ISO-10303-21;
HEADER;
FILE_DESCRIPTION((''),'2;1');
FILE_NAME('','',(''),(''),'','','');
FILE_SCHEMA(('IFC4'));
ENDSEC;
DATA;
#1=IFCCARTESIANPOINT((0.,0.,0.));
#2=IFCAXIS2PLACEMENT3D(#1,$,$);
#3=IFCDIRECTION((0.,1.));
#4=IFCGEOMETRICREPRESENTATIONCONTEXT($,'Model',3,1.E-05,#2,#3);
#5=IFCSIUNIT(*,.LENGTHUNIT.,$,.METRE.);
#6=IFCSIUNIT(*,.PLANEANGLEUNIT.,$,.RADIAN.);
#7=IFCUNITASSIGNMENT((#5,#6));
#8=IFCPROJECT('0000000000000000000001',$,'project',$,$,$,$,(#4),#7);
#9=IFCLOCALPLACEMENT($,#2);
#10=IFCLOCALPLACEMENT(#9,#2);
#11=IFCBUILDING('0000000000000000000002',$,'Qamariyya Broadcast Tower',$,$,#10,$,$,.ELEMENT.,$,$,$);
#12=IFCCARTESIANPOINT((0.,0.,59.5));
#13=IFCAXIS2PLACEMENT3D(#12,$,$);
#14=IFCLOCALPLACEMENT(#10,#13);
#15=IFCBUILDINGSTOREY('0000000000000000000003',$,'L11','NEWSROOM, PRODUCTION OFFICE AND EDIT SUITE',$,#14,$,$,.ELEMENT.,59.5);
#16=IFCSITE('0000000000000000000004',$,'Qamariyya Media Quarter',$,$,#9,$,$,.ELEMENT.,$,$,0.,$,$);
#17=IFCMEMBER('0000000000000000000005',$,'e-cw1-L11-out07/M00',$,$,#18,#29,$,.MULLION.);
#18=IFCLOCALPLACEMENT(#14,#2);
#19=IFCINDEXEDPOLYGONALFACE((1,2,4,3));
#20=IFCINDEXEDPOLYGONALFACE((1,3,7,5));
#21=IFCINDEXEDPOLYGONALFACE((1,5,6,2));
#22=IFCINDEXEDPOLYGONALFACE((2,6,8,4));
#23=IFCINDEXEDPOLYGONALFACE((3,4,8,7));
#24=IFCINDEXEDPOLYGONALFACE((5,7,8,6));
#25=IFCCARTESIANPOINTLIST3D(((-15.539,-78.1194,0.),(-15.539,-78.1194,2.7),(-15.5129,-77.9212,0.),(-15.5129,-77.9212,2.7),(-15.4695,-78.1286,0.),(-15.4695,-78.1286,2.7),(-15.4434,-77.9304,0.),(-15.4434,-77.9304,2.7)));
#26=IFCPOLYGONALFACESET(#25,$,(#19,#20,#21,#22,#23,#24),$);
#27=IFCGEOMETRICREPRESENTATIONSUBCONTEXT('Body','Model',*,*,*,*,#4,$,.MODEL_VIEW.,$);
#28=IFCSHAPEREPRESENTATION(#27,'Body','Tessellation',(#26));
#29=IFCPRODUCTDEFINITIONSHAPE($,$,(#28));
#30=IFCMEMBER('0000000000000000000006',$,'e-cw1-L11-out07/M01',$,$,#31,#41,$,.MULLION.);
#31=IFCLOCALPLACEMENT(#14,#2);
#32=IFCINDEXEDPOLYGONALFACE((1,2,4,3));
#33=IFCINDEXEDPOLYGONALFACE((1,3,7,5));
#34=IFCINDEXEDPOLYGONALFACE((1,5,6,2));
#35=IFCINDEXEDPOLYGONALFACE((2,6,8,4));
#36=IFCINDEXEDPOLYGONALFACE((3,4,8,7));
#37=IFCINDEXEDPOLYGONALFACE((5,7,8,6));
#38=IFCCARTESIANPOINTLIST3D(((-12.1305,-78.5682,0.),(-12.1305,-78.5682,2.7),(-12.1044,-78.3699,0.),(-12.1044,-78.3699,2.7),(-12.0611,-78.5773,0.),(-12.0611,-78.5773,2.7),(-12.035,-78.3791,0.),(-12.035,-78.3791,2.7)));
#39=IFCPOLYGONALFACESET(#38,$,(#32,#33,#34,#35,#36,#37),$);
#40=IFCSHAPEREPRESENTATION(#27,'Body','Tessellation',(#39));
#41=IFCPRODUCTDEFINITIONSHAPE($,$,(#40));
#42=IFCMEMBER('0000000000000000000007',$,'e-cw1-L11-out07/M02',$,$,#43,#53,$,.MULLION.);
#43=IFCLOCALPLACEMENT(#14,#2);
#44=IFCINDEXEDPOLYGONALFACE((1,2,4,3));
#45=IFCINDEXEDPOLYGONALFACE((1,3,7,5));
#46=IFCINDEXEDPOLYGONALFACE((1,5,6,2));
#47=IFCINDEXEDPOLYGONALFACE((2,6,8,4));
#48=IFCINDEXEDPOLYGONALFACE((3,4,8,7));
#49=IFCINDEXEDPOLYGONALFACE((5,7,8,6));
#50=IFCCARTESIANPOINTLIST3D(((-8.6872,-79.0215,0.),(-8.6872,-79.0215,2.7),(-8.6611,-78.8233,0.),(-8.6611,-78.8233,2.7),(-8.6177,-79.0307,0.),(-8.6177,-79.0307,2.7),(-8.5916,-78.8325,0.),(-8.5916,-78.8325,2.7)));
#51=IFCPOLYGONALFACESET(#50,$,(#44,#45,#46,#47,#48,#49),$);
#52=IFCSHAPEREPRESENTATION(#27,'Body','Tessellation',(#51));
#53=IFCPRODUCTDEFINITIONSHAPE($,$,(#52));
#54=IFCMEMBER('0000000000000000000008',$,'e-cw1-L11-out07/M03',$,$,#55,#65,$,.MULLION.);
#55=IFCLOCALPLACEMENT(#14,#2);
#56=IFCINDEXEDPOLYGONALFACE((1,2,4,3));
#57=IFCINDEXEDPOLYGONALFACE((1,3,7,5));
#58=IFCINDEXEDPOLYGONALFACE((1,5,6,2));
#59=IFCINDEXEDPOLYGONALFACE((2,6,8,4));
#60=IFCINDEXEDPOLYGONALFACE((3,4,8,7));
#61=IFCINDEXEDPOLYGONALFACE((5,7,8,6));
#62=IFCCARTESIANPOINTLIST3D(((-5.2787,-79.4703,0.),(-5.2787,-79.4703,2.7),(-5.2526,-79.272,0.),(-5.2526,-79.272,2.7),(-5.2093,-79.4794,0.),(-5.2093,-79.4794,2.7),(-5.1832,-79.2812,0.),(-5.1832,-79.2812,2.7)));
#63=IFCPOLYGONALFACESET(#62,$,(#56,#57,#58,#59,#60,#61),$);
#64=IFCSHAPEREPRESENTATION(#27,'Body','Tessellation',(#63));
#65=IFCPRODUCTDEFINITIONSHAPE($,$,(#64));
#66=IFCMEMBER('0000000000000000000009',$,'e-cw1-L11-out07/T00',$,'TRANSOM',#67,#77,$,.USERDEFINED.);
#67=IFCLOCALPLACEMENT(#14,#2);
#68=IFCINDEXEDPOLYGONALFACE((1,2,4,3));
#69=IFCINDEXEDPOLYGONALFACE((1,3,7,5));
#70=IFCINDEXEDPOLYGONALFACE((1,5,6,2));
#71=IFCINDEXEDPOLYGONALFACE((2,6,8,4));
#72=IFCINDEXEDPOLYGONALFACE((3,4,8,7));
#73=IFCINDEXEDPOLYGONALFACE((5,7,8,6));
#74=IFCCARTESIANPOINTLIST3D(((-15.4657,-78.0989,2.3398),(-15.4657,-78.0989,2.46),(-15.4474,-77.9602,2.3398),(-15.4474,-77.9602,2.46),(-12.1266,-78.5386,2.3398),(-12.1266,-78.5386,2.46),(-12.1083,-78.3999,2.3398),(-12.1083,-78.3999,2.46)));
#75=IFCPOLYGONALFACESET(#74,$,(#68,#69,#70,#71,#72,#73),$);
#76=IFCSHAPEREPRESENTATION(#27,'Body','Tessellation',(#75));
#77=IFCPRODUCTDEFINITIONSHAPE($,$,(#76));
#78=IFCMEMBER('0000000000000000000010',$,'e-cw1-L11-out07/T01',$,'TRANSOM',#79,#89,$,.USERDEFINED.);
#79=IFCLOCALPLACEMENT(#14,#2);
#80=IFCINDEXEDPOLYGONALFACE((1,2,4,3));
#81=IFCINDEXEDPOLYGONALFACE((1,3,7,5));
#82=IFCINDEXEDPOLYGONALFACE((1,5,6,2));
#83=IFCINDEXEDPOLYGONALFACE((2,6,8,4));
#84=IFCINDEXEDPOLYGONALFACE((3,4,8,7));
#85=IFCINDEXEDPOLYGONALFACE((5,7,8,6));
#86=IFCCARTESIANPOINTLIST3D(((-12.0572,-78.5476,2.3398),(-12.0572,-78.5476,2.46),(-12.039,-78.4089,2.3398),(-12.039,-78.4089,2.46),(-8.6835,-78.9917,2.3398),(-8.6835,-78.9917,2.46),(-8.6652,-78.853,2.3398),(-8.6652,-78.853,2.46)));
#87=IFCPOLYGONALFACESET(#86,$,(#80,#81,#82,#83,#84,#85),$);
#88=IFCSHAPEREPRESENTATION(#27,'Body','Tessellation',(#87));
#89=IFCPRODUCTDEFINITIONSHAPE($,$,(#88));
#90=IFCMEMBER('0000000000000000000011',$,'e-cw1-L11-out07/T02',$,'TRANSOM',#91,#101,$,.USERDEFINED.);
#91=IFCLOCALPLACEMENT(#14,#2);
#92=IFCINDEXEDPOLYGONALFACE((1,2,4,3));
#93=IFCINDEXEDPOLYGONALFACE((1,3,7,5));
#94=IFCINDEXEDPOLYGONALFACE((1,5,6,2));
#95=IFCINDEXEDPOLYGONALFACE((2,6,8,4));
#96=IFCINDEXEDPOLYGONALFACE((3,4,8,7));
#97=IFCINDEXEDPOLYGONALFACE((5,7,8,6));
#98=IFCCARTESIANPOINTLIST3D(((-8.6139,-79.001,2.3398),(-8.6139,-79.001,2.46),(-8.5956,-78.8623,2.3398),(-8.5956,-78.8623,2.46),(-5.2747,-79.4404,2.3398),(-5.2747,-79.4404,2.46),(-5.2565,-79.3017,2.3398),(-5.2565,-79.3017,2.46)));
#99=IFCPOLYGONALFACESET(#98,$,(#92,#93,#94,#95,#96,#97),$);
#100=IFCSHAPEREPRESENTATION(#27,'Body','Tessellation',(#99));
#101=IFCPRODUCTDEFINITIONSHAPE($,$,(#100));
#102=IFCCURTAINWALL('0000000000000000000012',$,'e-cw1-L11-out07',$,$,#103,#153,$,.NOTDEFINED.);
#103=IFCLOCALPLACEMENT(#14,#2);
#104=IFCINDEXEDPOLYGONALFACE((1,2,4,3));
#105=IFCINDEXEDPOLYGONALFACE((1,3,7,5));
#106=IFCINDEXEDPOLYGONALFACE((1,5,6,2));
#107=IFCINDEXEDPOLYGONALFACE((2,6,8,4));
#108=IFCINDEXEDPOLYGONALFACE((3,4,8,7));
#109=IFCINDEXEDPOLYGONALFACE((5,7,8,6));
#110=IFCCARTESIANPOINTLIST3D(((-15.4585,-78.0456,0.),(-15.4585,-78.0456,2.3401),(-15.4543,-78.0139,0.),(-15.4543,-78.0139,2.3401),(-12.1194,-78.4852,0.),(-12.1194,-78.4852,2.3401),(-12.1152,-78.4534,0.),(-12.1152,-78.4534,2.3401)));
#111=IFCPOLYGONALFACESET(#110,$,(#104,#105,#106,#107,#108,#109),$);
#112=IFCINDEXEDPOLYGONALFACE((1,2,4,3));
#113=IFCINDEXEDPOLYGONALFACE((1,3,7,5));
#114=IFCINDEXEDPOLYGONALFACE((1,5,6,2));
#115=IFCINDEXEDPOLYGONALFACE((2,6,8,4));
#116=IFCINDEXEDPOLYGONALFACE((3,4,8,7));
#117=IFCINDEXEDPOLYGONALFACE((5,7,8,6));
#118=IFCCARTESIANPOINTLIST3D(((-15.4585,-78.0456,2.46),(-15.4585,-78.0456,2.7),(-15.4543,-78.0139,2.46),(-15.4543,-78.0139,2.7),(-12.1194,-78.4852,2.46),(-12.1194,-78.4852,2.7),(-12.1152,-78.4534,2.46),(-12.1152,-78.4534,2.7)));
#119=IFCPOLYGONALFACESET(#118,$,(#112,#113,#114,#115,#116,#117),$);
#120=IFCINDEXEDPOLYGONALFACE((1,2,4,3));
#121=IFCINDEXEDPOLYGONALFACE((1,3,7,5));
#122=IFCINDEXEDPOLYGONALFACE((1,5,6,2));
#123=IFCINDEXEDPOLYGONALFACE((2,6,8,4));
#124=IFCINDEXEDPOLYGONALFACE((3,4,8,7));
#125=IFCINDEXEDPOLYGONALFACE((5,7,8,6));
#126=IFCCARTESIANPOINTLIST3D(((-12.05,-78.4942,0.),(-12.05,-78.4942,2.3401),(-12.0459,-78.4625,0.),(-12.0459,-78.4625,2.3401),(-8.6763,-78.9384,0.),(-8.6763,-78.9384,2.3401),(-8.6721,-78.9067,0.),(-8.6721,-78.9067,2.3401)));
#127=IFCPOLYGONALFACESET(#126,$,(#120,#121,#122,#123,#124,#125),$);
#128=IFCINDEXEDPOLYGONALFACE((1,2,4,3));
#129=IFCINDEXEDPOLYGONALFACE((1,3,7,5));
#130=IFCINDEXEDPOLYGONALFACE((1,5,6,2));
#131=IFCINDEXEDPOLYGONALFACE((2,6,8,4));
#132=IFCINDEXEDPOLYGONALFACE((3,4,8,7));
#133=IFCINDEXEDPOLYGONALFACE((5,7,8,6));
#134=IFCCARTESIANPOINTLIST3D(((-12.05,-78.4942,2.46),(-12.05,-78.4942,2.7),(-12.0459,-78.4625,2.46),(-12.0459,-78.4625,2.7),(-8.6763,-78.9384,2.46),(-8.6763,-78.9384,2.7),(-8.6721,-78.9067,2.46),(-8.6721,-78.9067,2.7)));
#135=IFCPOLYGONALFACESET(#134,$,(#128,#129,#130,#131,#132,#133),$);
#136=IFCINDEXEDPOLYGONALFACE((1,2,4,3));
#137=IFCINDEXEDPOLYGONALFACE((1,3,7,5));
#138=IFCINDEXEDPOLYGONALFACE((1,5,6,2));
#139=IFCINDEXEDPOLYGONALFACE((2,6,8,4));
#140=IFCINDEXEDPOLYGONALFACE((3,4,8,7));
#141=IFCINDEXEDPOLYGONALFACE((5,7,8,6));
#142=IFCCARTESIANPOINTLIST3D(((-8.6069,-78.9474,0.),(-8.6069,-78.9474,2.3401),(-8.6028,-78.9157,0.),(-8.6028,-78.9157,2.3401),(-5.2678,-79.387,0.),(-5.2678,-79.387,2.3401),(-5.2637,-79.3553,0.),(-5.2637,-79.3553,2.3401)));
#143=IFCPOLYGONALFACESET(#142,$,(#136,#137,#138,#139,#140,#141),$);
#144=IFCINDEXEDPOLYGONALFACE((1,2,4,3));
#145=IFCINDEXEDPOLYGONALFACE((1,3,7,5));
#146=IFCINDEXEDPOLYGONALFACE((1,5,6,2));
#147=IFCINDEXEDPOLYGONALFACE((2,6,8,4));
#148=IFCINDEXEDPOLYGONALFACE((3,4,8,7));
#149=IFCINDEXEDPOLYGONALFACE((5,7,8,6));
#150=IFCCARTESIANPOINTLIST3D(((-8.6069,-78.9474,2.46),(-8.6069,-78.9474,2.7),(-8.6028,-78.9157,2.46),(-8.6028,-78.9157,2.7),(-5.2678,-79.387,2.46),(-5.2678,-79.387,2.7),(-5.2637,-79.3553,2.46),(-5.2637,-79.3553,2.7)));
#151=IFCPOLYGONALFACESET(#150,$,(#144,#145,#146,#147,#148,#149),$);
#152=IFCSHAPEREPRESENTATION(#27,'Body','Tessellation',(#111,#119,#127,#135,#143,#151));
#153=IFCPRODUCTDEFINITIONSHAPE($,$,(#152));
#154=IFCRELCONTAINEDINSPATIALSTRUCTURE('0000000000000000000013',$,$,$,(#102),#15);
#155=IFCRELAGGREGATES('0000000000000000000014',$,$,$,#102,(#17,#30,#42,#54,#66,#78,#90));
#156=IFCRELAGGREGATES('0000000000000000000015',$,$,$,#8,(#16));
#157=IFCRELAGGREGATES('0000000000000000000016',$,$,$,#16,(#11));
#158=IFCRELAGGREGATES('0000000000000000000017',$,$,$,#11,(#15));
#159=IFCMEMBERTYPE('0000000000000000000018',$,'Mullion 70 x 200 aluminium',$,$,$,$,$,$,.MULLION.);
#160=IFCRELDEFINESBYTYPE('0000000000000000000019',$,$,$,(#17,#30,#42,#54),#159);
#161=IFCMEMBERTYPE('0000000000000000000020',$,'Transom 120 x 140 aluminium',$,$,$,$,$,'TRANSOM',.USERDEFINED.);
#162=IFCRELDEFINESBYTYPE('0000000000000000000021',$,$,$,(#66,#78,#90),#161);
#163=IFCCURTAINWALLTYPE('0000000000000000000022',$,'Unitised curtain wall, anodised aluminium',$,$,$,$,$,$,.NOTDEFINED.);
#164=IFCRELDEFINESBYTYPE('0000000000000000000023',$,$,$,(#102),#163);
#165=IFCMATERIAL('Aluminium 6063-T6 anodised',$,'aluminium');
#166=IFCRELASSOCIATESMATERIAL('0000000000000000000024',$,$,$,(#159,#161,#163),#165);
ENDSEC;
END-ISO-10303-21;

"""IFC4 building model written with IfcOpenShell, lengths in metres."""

from ifc_helpers import new_model, si_unit, direction, frame, origin, origin_2d, place, context, subcontext, project, spatial, rectangle, extrude, material, material_profile, profile_set, type_object, element, aggregate, save


model = new_model("IFC4")

# Units and contexts
model_context = context("Model", 3, precision=1e-05, world=origin(), true_north=direction((0.0, 1.0)))
body_context = subcontext(model_context, "Body", "Model", "MODEL_VIEW")
ifc_project = project(units=[si_unit("LENGTHUNIT", "METRE"), si_unit("PLANEANGLEUNIT", "RADIAN")], contexts=[model_context])

# Members
ifc_material = material(Name="Aluminium 6063-T6 anodised", Category="aluminium")
ifc_material_profile_1 = material_profile(ifc_material, rectangle(XDim=0.2, YDim=0.0701, at=origin_2d()))
ifc_profile_set_1 = profile_set([ifc_material_profile_1], Name="Aluminium 6063-T6 anodised")
member_type_1 = type_object("IfcMemberType", Name="Mullion 70 x 200 aluminium", PredefinedType="MULLION", material=ifc_profile_set_1)
site_placement = place(None, origin())
building_placement = place(site_placement, origin())
storey_placement = place(building_placement, frame((0.0, 0.0, 59.5)))
member_1_placement = place(storey_placement, frame((-15.4912, -78.0249, 0.0), z_axis=(0.0, 0.0, 1.0), x_axis=(0.130526, 0.991445, 0.0)))
member_1 = element("IfcMember", 1, at=member_1_placement, type_object=member_type_1, Name="e-cw1-L11-out07/M00", PredefinedType="MULLION", context=body_context, shape_type="SweptSolid", body=[
    extrude(rectangle(XDim=0.2, YDim=0.0701, at=origin_2d()), origin(), (0.0, 0.0, 1.0), 2.7),
])
member_2_placement = place(storey_placement, frame((-12.0828, -78.4736, 0.0), z_axis=(0.0, 0.0, 1.0), x_axis=(0.130526, 0.991445, 0.0)))
member_2 = element("IfcMember", 2, at=member_2_placement, type_object=member_type_1, Name="e-cw1-L11-out07/M01", PredefinedType="MULLION", context=body_context, shape_type="SweptSolid", body=[
    extrude(rectangle(XDim=0.2, YDim=0.0701, at=origin_2d()), origin(), (0.0, 0.0, 1.0), 2.7),
])
member_3_placement = place(storey_placement, frame((-8.6394, -78.927, 0.0), z_axis=(0.0, 0.0, 1.0), x_axis=(0.130526, 0.991445, 0.0)))
member_3 = element("IfcMember", 3, at=member_3_placement, type_object=member_type_1, Name="e-cw1-L11-out07/M02", PredefinedType="MULLION", context=body_context, shape_type="SweptSolid", body=[
    extrude(rectangle(XDim=0.2, YDim=0.0701, at=origin_2d()), origin(), (0.0, 0.0, 1.0), 2.7),
])
member_4_placement = place(storey_placement, frame((-5.231, -79.3757, 0.0), z_axis=(0.0, 0.0, 1.0), x_axis=(0.130526, 0.991445, 0.0)))
member_4 = element("IfcMember", 4, at=member_4_placement, type_object=member_type_1, Name="e-cw1-L11-out07/M03", PredefinedType="MULLION", context=body_context, shape_type="SweptSolid", body=[
    extrude(rectangle(XDim=0.2, YDim=0.0701, at=origin_2d()), origin(), (0.0, 0.0, 1.0), 2.7),
])
ifc_material_profile_2 = material_profile(ifc_material, rectangle(XDim=0.1399, YDim=0.1201, at=origin_2d()))
ifc_profile_set_2 = profile_set([ifc_material_profile_2], Name="Aluminium 6063-T6 anodised")
member_type_2 = type_object("IfcMemberType", Name="Transom 120 x 140 aluminium", ElementType="TRANSOM", PredefinedType="USERDEFINED", material=ifc_profile_set_2)
member_5_placement = place(storey_placement, frame((-15.4565, -78.0295, 2.3999), z_axis=(0.991441, -0.130554, 0.0), x_axis=(0.130554, 0.991441, 0.0)))
member_5 = element("IfcMember", 5, at=member_5_placement, type_object=member_type_2, Name="e-cw1-L11-out07/T00", ObjectType="TRANSOM", PredefinedType="USERDEFINED", context=body_context, shape_type="SweptSolid", body=[
    extrude(rectangle(XDim=0.1399, YDim=0.1201, at=origin_2d()), origin(), (0.0, 0.0, 1.0), 3.3679),
])
member_6_placement = place(storey_placement, frame((-12.0481, -78.4783, 2.3999), z_axis=(0.991448, -0.130505, 0.0), x_axis=(0.130505, 0.991448, 0.0)))
member_6 = element("IfcMember", 6, at=member_6_placement, type_object=member_type_2, Name="e-cw1-L11-out07/T01", ObjectType="TRANSOM", PredefinedType="USERDEFINED", context=body_context, shape_type="SweptSolid", body=[
    extrude(rectangle(XDim=0.1399, YDim=0.1201, at=origin_2d()), origin(), (0.0, 0.0, 1.0), 3.4028),
])
member_7_placement = place(storey_placement, frame((-8.6047, -78.9316, 2.3999), z_axis=(0.991451, -0.130483, 0.0), x_axis=(0.130483, 0.991451, 0.0)))
member_7 = element("IfcMember", 7, at=member_7_placement, type_object=member_type_2, Name="e-cw1-L11-out07/T02", ObjectType="TRANSOM", PredefinedType="USERDEFINED", context=body_context, shape_type="SweptSolid", body=[
    extrude(rectangle(XDim=0.1399, YDim=0.1201, at=origin_2d()), origin(), (0.0, 0.0, 1.0), 3.3679),
])

# Site, building, storey
site = spatial("IfcSite", under=ifc_project, at=site_placement, Name="Qamariyya Media Quarter", CompositionType="ELEMENT", RefElevation=0.0)
building = spatial("IfcBuilding", under=site, at=building_placement, Name="Qamariyya Broadcast Tower", CompositionType="ELEMENT")
storey = spatial("IfcBuildingStorey", under=building, at=storey_placement, Name="L11", Description="NEWSROOM, PRODUCTION OFFICE AND EDIT SUITE", CompositionType="ELEMENT", Elevation=59.5)

# Curtain wall
curtain_wall_type = type_object("IfcCurtainWallType", Name="Unitised curtain wall, anodised aluminium", PredefinedType="NOTDEFINED", material=ifc_material)
curtain_wall_1_placement = place(storey_placement, origin())
curtain_wall_1 = element("IfcCurtainWall", 8, at=curtain_wall_1_placement, inside=storey, type_object=curtain_wall_type, Name="e-cw1-L11-out07", PredefinedType="NOTDEFINED", context=body_context, shape_type="SweptSolid", body=[
    extrude(rectangle(XDim=3.3679, YDim=0.032, at=origin_2d()), frame((-13.7869, -78.2495, 0.0), x_axis=(0.991446, -0.130521, 0.0)), (0.0, 0.0, 1.0), 2.3401),
    extrude(rectangle(XDim=3.3679, YDim=0.032, at=origin_2d()), frame((-13.7869, -78.2495, 2.46), x_axis=(0.991446, -0.130521, 0.0)), (0.0, 0.0, 1.0), 0.24),
    extrude(rectangle(XDim=3.4028, YDim=0.032, at=origin_2d()), frame((-10.3611, -78.7004, 0.0), x_axis=(0.991446, -0.130521, 0.0)), (0.0, 0.0, 1.0), 2.3401),
    extrude(rectangle(XDim=3.4028, YDim=0.032, at=origin_2d()), frame((-10.3611, -78.7004, 2.46), x_axis=(0.991446, -0.130521, 0.0)), (0.0, 0.0, 1.0), 0.24),
    extrude(rectangle(XDim=3.3679, YDim=0.032, at=origin_2d()), frame((-6.9353, -79.1514, 0.0), x_axis=(0.991446, -0.130521, 0.0)), (0.0, 0.0, 1.0), 2.3401),
    extrude(rectangle(XDim=3.3679, YDim=0.032, at=origin_2d()), frame((-6.9353, -79.1514, 2.46), x_axis=(0.991446, -0.130521, 0.0)), (0.0, 0.0, 1.0), 0.24),
])
aggregate(curtain_wall_1, [member_1, member_2, member_3, member_4, member_5, member_6, member_7])

save(model, "model.ifc")
